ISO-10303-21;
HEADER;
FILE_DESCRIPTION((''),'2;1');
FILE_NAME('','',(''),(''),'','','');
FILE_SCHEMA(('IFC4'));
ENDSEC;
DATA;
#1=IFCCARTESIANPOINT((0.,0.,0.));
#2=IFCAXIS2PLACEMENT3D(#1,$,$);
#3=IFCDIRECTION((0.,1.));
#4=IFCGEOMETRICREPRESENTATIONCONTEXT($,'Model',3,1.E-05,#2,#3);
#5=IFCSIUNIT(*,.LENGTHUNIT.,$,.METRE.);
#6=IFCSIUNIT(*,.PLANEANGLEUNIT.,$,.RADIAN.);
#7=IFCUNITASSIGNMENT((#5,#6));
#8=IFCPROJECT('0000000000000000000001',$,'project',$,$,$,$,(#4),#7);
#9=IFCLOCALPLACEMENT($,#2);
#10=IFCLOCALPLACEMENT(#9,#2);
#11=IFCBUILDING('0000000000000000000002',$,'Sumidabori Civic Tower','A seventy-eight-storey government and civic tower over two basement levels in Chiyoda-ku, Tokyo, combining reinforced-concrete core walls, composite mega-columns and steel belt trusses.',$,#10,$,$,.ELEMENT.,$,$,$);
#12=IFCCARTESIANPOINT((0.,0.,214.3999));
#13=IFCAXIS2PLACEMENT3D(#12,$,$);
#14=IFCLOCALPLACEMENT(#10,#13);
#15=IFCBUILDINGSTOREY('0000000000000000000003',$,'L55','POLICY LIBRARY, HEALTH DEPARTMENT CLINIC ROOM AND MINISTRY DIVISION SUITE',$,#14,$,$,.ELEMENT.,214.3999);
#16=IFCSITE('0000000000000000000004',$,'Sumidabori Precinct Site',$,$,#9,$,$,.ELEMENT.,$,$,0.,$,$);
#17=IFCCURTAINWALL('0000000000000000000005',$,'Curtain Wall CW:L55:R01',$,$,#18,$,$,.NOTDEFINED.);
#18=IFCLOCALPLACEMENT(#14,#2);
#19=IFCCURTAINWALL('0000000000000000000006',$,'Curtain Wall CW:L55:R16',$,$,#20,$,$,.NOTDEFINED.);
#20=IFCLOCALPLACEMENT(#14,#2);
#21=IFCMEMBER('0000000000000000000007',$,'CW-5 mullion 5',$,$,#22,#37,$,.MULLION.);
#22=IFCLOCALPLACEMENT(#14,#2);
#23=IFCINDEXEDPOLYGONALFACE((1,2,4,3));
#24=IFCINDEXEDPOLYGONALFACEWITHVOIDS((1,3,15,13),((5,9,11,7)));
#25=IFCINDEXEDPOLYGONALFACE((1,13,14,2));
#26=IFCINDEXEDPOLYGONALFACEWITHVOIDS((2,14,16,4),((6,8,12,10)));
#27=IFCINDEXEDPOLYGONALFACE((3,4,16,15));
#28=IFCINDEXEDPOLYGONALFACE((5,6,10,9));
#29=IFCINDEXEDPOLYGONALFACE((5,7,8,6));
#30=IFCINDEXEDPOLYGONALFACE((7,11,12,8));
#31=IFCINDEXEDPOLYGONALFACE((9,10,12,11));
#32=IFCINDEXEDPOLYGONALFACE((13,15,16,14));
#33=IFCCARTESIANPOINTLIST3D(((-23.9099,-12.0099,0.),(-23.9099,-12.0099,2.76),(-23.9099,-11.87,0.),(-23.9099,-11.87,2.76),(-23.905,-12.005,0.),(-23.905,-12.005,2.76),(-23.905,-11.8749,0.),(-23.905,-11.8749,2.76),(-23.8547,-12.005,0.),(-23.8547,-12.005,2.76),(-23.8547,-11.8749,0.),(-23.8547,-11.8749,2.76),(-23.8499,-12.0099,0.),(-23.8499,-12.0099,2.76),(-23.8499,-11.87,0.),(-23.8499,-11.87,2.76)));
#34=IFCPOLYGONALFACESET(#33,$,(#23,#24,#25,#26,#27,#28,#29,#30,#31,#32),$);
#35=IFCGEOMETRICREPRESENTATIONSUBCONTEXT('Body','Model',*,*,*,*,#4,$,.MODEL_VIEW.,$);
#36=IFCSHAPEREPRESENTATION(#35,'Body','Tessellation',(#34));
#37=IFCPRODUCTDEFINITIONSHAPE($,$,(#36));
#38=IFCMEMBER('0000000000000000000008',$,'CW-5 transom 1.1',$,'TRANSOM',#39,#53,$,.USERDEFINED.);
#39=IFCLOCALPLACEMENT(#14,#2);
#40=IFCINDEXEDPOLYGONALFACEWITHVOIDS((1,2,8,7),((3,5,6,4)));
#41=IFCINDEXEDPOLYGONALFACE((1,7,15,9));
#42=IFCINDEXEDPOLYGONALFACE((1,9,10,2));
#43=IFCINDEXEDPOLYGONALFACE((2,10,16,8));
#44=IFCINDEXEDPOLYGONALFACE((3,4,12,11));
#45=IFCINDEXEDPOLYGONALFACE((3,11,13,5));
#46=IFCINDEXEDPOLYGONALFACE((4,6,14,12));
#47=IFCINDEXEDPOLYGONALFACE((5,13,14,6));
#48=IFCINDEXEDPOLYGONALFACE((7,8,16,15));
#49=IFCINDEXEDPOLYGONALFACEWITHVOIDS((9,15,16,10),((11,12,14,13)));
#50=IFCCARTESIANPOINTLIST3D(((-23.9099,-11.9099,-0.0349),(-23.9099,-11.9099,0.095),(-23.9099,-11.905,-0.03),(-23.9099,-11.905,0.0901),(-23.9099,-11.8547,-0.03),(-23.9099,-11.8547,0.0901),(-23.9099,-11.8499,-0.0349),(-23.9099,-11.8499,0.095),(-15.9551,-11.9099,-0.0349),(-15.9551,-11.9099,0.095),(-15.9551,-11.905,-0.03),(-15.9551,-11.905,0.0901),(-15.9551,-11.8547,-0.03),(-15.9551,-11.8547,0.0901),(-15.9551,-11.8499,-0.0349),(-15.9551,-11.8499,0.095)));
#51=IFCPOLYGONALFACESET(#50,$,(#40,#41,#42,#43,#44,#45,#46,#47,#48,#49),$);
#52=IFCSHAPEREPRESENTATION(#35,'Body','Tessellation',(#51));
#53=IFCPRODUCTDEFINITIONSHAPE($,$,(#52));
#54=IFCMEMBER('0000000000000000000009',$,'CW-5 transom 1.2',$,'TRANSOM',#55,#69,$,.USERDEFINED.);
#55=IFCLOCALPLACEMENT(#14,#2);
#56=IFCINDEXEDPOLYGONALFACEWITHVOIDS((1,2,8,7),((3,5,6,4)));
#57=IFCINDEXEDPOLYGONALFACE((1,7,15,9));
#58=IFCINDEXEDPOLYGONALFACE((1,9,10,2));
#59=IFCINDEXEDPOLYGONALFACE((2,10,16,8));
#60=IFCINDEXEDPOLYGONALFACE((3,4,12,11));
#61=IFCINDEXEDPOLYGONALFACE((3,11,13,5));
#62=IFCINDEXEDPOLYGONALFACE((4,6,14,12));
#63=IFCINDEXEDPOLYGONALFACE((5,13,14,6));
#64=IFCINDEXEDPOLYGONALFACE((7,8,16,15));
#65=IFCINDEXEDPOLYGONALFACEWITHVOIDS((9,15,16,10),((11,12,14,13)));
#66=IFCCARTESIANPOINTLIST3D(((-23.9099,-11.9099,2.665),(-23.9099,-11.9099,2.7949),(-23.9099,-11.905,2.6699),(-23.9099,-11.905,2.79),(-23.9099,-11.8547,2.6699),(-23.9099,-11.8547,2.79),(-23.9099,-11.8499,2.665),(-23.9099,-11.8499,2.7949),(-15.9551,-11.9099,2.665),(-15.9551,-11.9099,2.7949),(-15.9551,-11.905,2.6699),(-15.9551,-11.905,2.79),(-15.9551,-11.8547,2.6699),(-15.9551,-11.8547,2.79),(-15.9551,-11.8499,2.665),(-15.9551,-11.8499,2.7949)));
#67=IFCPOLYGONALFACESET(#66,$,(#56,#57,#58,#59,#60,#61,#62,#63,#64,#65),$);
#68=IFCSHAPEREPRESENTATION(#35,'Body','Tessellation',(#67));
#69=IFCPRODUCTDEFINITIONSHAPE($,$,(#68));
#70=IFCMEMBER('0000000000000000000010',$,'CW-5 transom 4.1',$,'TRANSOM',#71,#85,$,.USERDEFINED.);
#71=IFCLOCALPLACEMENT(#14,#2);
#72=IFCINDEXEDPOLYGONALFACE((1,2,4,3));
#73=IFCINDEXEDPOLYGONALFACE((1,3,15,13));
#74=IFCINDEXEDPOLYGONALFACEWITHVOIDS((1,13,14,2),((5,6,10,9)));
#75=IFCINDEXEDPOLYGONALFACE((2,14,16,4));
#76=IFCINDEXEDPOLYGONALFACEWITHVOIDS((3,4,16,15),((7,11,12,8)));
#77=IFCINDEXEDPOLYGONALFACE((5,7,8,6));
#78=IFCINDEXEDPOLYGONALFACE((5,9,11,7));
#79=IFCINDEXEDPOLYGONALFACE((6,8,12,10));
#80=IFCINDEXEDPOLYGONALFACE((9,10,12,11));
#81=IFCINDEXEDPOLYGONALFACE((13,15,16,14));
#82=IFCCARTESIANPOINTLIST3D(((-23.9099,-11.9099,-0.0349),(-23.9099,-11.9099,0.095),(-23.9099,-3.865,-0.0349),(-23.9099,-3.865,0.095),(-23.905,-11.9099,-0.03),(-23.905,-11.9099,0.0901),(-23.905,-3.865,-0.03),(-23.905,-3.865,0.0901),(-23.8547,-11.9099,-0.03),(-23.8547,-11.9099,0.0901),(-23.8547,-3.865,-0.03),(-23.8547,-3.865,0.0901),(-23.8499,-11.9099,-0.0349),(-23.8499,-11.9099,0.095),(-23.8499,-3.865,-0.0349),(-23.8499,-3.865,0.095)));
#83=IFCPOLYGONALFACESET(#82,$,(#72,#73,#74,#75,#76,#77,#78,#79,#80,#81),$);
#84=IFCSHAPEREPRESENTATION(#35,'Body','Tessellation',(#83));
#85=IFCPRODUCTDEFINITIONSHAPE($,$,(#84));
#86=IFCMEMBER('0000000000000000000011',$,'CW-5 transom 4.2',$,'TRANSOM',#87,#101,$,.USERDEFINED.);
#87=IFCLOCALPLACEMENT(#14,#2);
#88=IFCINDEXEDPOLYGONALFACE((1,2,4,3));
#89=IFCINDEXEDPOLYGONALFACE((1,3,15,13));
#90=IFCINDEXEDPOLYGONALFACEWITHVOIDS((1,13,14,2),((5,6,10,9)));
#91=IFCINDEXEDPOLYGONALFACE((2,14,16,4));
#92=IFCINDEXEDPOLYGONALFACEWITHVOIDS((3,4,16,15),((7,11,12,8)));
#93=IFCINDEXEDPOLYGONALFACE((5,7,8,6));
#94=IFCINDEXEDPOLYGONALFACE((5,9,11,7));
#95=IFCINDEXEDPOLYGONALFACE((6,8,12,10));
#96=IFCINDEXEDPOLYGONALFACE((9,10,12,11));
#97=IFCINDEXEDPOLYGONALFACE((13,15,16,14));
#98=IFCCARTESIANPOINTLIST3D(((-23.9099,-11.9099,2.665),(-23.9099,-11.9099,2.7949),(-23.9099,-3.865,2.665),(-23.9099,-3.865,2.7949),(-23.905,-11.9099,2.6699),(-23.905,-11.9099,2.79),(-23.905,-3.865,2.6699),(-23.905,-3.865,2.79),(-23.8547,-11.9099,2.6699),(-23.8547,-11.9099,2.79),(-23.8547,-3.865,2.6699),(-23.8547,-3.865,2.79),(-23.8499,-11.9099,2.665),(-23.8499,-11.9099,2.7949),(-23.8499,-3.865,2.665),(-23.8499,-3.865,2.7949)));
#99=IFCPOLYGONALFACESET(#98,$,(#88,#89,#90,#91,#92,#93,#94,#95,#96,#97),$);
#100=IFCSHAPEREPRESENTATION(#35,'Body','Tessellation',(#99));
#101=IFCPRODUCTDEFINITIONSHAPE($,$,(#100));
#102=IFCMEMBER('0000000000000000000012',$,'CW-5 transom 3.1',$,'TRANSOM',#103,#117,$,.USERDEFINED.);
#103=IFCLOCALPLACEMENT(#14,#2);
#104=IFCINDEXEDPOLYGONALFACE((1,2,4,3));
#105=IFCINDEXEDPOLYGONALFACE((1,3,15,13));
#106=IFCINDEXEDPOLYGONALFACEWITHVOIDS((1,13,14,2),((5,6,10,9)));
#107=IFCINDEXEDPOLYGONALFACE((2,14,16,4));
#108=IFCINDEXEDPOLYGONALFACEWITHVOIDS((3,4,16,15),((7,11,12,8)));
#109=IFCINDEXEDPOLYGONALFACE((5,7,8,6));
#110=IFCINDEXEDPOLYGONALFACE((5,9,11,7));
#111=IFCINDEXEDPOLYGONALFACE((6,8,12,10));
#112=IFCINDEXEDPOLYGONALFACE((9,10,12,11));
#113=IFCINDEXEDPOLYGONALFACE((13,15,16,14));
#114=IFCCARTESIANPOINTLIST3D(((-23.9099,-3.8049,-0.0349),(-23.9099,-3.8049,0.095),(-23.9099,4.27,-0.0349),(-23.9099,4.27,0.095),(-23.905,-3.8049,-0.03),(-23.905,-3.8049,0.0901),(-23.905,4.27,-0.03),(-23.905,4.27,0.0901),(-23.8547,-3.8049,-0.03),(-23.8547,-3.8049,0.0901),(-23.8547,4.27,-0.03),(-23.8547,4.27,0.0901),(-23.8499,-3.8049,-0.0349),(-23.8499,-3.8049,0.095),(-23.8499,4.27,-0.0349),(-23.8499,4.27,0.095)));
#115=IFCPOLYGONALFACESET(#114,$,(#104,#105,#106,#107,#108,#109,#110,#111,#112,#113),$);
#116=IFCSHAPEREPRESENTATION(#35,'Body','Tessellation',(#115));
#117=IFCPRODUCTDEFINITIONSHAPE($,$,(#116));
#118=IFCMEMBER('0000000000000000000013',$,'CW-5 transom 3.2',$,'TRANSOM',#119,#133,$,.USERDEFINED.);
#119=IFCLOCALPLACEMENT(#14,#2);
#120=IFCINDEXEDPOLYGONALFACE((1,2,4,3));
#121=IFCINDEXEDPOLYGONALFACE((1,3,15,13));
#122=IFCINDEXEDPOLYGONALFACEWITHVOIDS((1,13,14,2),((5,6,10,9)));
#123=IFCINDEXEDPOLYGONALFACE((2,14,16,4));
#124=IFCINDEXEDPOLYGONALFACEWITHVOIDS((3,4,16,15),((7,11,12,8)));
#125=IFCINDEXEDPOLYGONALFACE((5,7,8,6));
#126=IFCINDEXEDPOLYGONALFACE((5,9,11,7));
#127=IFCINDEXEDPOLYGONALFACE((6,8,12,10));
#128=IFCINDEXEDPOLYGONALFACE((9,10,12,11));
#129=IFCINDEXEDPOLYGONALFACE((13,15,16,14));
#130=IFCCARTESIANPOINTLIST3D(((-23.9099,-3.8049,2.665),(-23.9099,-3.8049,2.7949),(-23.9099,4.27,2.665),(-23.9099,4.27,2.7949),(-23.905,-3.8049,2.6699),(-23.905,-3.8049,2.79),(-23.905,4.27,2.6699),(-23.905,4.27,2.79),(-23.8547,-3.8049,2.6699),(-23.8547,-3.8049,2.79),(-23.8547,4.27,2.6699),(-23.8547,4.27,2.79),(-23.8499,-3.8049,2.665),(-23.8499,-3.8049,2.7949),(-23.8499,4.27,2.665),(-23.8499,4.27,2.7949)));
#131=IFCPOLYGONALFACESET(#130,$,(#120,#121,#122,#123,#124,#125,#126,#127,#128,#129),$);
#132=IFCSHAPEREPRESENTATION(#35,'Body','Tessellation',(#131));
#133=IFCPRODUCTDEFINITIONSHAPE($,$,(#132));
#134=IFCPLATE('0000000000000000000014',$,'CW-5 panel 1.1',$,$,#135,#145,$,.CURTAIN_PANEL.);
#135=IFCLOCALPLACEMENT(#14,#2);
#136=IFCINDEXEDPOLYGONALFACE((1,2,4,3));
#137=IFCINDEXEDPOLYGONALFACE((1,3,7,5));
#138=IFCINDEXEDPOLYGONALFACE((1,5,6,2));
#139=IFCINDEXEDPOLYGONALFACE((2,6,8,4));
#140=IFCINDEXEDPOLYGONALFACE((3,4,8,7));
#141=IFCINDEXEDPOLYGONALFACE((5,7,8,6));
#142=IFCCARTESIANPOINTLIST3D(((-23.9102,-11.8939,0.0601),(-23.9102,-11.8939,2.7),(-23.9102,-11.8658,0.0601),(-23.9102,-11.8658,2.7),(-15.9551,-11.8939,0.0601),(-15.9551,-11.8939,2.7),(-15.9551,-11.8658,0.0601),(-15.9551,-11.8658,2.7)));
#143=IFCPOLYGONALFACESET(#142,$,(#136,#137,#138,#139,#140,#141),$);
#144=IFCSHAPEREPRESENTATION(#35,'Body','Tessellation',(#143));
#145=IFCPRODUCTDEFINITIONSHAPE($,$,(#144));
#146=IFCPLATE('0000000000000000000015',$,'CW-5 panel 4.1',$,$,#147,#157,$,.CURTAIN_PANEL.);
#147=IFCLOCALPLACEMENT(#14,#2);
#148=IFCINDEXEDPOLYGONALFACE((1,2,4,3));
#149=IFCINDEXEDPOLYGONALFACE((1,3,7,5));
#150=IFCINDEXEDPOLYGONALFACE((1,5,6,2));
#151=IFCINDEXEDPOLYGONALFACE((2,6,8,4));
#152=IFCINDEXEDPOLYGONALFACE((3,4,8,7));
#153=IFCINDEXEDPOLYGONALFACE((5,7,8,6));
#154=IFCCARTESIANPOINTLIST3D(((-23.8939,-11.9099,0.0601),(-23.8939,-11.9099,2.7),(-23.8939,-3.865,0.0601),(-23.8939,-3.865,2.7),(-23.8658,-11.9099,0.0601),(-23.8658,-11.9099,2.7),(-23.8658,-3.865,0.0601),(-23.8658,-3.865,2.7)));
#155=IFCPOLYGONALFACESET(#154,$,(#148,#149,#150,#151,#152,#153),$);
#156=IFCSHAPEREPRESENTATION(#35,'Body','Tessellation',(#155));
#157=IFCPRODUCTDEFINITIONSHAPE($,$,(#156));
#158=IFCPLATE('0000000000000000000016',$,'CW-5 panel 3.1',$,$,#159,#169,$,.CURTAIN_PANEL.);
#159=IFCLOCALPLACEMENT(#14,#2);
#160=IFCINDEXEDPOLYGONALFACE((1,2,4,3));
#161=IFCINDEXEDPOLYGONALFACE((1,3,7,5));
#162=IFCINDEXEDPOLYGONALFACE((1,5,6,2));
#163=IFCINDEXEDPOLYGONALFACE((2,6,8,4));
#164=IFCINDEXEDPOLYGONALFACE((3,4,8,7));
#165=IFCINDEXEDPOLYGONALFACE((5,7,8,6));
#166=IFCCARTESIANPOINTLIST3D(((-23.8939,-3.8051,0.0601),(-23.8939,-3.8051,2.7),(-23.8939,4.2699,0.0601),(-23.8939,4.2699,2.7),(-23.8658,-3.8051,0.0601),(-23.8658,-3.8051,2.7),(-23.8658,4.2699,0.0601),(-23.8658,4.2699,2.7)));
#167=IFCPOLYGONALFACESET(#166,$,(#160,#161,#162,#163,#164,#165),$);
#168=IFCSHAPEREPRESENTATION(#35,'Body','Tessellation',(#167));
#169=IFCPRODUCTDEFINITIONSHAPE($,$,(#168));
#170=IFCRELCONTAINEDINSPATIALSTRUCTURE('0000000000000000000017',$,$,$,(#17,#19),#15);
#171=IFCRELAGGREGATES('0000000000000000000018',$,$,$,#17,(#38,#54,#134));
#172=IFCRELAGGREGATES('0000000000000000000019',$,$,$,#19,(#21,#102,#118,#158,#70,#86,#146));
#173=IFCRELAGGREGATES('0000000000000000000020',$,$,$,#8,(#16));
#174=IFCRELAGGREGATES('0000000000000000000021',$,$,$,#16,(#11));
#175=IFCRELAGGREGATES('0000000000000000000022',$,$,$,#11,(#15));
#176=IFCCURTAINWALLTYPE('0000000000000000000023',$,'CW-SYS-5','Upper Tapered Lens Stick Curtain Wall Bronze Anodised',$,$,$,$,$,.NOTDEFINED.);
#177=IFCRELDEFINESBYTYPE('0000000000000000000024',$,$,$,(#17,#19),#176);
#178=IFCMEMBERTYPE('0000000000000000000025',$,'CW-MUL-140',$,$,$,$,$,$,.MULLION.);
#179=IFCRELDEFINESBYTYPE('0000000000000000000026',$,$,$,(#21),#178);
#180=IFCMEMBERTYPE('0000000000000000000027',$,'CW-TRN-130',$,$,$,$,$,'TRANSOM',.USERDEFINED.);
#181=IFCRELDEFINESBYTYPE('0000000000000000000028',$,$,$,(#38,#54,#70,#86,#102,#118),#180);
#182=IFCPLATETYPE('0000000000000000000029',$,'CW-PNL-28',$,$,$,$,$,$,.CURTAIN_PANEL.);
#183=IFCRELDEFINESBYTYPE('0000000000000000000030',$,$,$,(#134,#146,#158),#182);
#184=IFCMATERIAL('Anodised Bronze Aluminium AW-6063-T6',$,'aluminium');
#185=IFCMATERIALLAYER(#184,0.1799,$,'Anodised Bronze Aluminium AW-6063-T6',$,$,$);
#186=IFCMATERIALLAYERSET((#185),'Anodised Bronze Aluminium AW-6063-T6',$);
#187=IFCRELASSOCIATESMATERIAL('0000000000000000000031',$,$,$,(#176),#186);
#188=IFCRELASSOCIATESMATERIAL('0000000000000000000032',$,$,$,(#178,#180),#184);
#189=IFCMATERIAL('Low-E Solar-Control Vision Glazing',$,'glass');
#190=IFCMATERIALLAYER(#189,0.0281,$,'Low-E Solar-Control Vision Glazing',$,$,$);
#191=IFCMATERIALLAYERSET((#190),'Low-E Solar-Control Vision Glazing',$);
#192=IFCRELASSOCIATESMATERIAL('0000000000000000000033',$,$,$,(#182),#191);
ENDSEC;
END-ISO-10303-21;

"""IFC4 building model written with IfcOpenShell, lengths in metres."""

from ifc_helpers import new_model, si_unit, direction, frame, origin, origin_2d, place, context, subcontext, project, spatial, rectangle, hollow_rectangle, extrude, source, transform, mapped, material, layer, layer_set, material_profile, profile_set, type_object, element, aggregate, save


model = new_model("IFC4")

# Units and contexts
model_context = context("Model", 3, precision=1e-05, world=origin(), true_north=direction((0.0, 1.0)))
body_context = subcontext(model_context, "Body", "Model", "MODEL_VIEW")
ifc_project = project(units=[si_unit("LENGTHUNIT", "METRE"), si_unit("PLANEANGLEUNIT", "RADIAN")], contexts=[model_context])

# Site, building, storey
site_placement = place(None, origin())
site = spatial("IfcSite", under=ifc_project, at=site_placement, Name="Sumidabori Precinct Site", CompositionType="ELEMENT", RefElevation=0.0)
building_placement = place(site_placement, origin())
building = spatial("IfcBuilding", under=site, at=building_placement, Name="Sumidabori Civic Tower", Description="A seventy-eight-storey government and civic tower over two basement levels in Chiyoda-ku, Tokyo, combining reinforced-concrete core walls, composite mega-columns and steel belt trusses.", CompositionType="ELEMENT")
storey_placement = place(building_placement, frame((0.0, 0.0, 214.3999)))
storey = spatial("IfcBuildingStorey", under=building, at=storey_placement, Name="L55", Description="POLICY LIBRARY, HEALTH DEPARTMENT CLINIC ROOM AND MINISTRY DIVISION SUITE", CompositionType="ELEMENT", Elevation=214.3999)

# Curtain wall
ifc_material_1 = material(Name="Anodised Bronze Aluminium AW-6063-T6", Category="aluminium")
ifc_layer_1 = layer(ifc_material_1, 0.1799, Name="Anodised Bronze Aluminium AW-6063-T6")
ifc_layer_set_1 = layer_set([ifc_layer_1], Name="Anodised Bronze Aluminium AW-6063-T6")
curtain_wall_type = type_object("IfcCurtainWallType", Name="CW-SYS-5", Description="Upper Tapered Lens Stick Curtain Wall Bronze Anodised", PredefinedType="NOTDEFINED", material=ifc_layer_set_1)
curtain_wall_1_placement = place(storey_placement, origin())
curtain_wall_1 = element("IfcCurtainWall", 1, at=curtain_wall_1_placement, inside=storey, type_object=curtain_wall_type, Name="Curtain Wall CW:L55:R01", PredefinedType="NOTDEFINED")
ifc_material_profile_1 = material_profile(ifc_material_1, hollow_rectangle(XDim=0.0601, YDim=0.1399, WallThickness=0.0049, at=origin_2d()), Name="ALU MULLION 140x60")
ifc_profile_set_1 = profile_set([ifc_material_profile_1], Name="Anodised Bronze Aluminium AW-6063-T6")
member_type_1 = type_object("IfcMemberType", Name="CW-MUL-140", PredefinedType="MULLION", material=ifc_profile_set_1)
shared_shape_1 = source(origin(), body_context, "Body", "SweptSolid", [
    extrude(hollow_rectangle(XDim=0.0601, YDim=0.1399, WallThickness=0.0049, at=origin_2d()), origin(), (0.0, 0.0, 1.0), 2.76),
])

# Curtain wall, member
curtain_wall_2_placement = place(storey_placement, origin())
curtain_wall_2 = element("IfcCurtainWall", 2, at=curtain_wall_2_placement, inside=storey, type_object=curtain_wall_type, Name="Curtain Wall CW:L55:R16", PredefinedType="NOTDEFINED")
member_1_placement = place(storey_placement, frame((-23.8799, -11.9399, 0.0), z_axis=(0.0, 0.0, 1.0), x_axis=(1.0, 0.0, 0.0)))
member_1 = element("IfcMember", 3, at=member_1_placement, type_object=member_type_1, Name="CW-5 mullion 5", PredefinedType="MULLION", context=body_context, shape_type="MappedRepresentation", body=[
    mapped(shared_shape_1, transform((0.0, 0.0, 0.0), x_axis=(1.0, 0.0, 0.0), y_axis=(0.0, 1.0, 0.0), z_axis=(0.0, 0.0, 1.0), scale=1.0)),
])

# Members
ifc_material_profile_2 = material_profile(ifc_material_1, hollow_rectangle(XDim=0.0601, YDim=0.1299, WallThickness=0.0049, at=origin_2d()), Name="ALU TRANSOM 130x60")
ifc_profile_set_2 = profile_set([ifc_material_profile_2], Name="Anodised Bronze Aluminium AW-6063-T6")
member_type_2 = type_object("IfcMemberType", Name="CW-TRN-130", ElementType="TRANSOM", PredefinedType="USERDEFINED", material=ifc_profile_set_2)
shared_shape_2 = source(origin(), body_context, "Body", "SweptSolid", [
    extrude(hollow_rectangle(XDim=0.0601, YDim=0.1299, WallThickness=0.0049, at=origin_2d()), origin(), (0.0, 0.0, 1.0), 7.9548),
])
member_2_placement = place(storey_placement, frame((-23.9099, -11.8799, 0.03), z_axis=(1.0, 0.0, 0.0), x_axis=(0.0, 1.0, 0.0)))
member_2 = element("IfcMember", 4, at=member_2_placement, type_object=member_type_2, Name="CW-5 transom 1.1", ObjectType="TRANSOM", PredefinedType="USERDEFINED", context=body_context, shape_type="MappedRepresentation", body=[
    mapped(shared_shape_2, transform((0.0, 0.0, 0.0), x_axis=(1.0, 0.0, 0.0), y_axis=(0.0, 1.0, 0.0), z_axis=(0.0, 0.0, 1.0), scale=1.0)),
])
member_3_placement = place(storey_placement, frame((-23.9099, -11.8799, 2.73), z_axis=(1.0, 0.0, 0.0), x_axis=(0.0, 1.0, 0.0)))
member_3 = element("IfcMember", 5, at=member_3_placement, type_object=member_type_2, Name="CW-5 transom 1.2", ObjectType="TRANSOM", PredefinedType="USERDEFINED", context=body_context, shape_type="MappedRepresentation", body=[
    mapped(shared_shape_2, transform((0.0, 0.0, 0.0), x_axis=(1.0, 0.0, 0.0), y_axis=(0.0, 1.0, 0.0), z_axis=(0.0, 0.0, 1.0), scale=1.0)),
])
shared_shape_3 = source(origin(), body_context, "Body", "SweptSolid", [
    extrude(hollow_rectangle(XDim=0.0601, YDim=0.1299, WallThickness=0.0049, at=origin_2d()), origin(), (0.0, 0.0, 1.0), 8.0449),
])
member_4_placement = place(storey_placement, frame((-23.8799, -3.865, 0.03), z_axis=(0.0, -1.0, 0.0), x_axis=(1.0, 0.0, 0.0)))
member_4 = element("IfcMember", 6, at=member_4_placement, type_object=member_type_2, Name="CW-5 transom 4.1", ObjectType="TRANSOM", PredefinedType="USERDEFINED", context=body_context, shape_type="MappedRepresentation", body=[
    mapped(shared_shape_3, transform((0.0, 0.0, 0.0), x_axis=(1.0, 0.0, 0.0), y_axis=(0.0, 1.0, 0.0), z_axis=(0.0, 0.0, 1.0), scale=1.0)),
])
member_5_placement = place(storey_placement, frame((-23.8799, -3.865, 2.73), z_axis=(0.0, -1.0, 0.0), x_axis=(1.0, 0.0, 0.0)))
member_5 = element("IfcMember", 7, at=member_5_placement, type_object=member_type_2, Name="CW-5 transom 4.2", ObjectType="TRANSOM", PredefinedType="USERDEFINED", context=body_context, shape_type="MappedRepresentation", body=[
    mapped(shared_shape_3, transform((0.0, 0.0, 0.0), x_axis=(1.0, 0.0, 0.0), y_axis=(0.0, 1.0, 0.0), z_axis=(0.0, 0.0, 1.0), scale=1.0)),
])
shared_shape_4 = source(origin(), body_context, "Body", "SweptSolid", [
    extrude(hollow_rectangle(XDim=0.0601, YDim=0.1299, WallThickness=0.0049, at=origin_2d()), origin(), (0.0, 0.0, 1.0), 8.075),
])
member_6_placement = place(storey_placement, frame((-23.8799, 4.27, 0.03), z_axis=(0.0, -1.0, 0.0), x_axis=(1.0, 0.0, 0.0)))
member_6 = element("IfcMember", 8, at=member_6_placement, type_object=member_type_2, Name="CW-5 transom 3.1", ObjectType="TRANSOM", PredefinedType="USERDEFINED", context=body_context, shape_type="MappedRepresentation", body=[
    mapped(shared_shape_4, transform((0.0, 0.0, 0.0), x_axis=(1.0, 0.0, 0.0), y_axis=(0.0, 1.0, 0.0), z_axis=(0.0, 0.0, 1.0), scale=1.0)),
])
member_7_placement = place(storey_placement, frame((-23.8799, 4.27, 2.73), z_axis=(0.0, -1.0, 0.0), x_axis=(1.0, 0.0, 0.0)))
member_7 = element("IfcMember", 9, at=member_7_placement, type_object=member_type_2, Name="CW-5 transom 3.2", ObjectType="TRANSOM", PredefinedType="USERDEFINED", context=body_context, shape_type="MappedRepresentation", body=[
    mapped(shared_shape_4, transform((0.0, 0.0, 0.0), x_axis=(1.0, 0.0, 0.0), y_axis=(0.0, 1.0, 0.0), z_axis=(0.0, 0.0, 1.0), scale=1.0)),
])

# Plates
ifc_material_2 = material(Name="Low-E Solar-Control Vision Glazing", Category="glass")
ifc_layer_2 = layer(ifc_material_2, 0.0281, Name="Low-E Solar-Control Vision Glazing")
ifc_layer_set_2 = layer_set([ifc_layer_2], Name="Low-E Solar-Control Vision Glazing")
plate_type = type_object("IfcPlateType", Name="CW-PNL-28", PredefinedType="CURTAIN_PANEL", material=ifc_layer_set_2)
shared_shape_5 = source(origin(), body_context, "Body", "SweptSolid", [
    extrude(rectangle(XDim=7.9551, YDim=0.0281, at=origin_2d()), origin(), (0.0, 0.0, 1.0), 2.6399),
])
plate_1_placement = place(storey_placement, frame((-19.9326, -11.8799, 0.0601), z_axis=(0.0, 0.0, 1.0), x_axis=(1.0, 0.0, 0.0)))
plate_1 = element("IfcPlate", 10, at=plate_1_placement, type_object=plate_type, Name="CW-5 panel 1.1", PredefinedType="CURTAIN_PANEL", context=body_context, shape_type="MappedRepresentation", body=[
    mapped(shared_shape_5, transform((0.0, 0.0, 0.0), x_axis=(1.0, 0.0, 0.0), y_axis=(0.0, 1.0, 0.0), z_axis=(0.0, 0.0, 1.0), scale=1.0)),
])
aggregate(curtain_wall_1, [member_2, member_3, plate_1])
shared_shape_6 = source(origin(), body_context, "Body", "SweptSolid", [
    extrude(rectangle(XDim=8.0449, YDim=0.0281, at=origin_2d()), origin(), (0.0, 0.0, 1.0), 2.6399),
])
plate_2_placement = place(storey_placement, frame((-23.8799, -7.8875, 0.0601), z_axis=(0.0, 0.0, 1.0), x_axis=(0.0, -1.0, 0.0)))
plate_2 = element("IfcPlate", 11, at=plate_2_placement, type_object=plate_type, Name="CW-5 panel 4.1", PredefinedType="CURTAIN_PANEL", context=body_context, shape_type="MappedRepresentation", body=[
    mapped(shared_shape_6, transform((0.0, 0.0, 0.0), x_axis=(1.0, 0.0, 0.0), y_axis=(0.0, 1.0, 0.0), z_axis=(0.0, 0.0, 1.0), scale=1.0)),
])
shared_shape_7 = source(origin(), body_context, "Body", "SweptSolid", [
    extrude(rectangle(XDim=8.075, YDim=0.0281, at=origin_2d()), origin(), (0.0, 0.0, 1.0), 2.6399),
])
plate_3_placement = place(storey_placement, frame((-23.8799, 0.2324, 0.0601), z_axis=(0.0, 0.0, 1.0), x_axis=(0.0, -1.0, 0.0)))
plate_3 = element("IfcPlate", 12, at=plate_3_placement, type_object=plate_type, Name="CW-5 panel 3.1", PredefinedType="CURTAIN_PANEL", context=body_context, shape_type="MappedRepresentation", body=[
    mapped(shared_shape_7, transform((0.0, 0.0, 0.0), x_axis=(1.0, 0.0, 0.0), y_axis=(0.0, 1.0, 0.0), z_axis=(0.0, 0.0, 1.0), scale=1.0)),
])
aggregate(curtain_wall_2, [member_1, member_6, member_7, plate_3, member_4, member_5, plate_2])

save(model, "model.ifc")
